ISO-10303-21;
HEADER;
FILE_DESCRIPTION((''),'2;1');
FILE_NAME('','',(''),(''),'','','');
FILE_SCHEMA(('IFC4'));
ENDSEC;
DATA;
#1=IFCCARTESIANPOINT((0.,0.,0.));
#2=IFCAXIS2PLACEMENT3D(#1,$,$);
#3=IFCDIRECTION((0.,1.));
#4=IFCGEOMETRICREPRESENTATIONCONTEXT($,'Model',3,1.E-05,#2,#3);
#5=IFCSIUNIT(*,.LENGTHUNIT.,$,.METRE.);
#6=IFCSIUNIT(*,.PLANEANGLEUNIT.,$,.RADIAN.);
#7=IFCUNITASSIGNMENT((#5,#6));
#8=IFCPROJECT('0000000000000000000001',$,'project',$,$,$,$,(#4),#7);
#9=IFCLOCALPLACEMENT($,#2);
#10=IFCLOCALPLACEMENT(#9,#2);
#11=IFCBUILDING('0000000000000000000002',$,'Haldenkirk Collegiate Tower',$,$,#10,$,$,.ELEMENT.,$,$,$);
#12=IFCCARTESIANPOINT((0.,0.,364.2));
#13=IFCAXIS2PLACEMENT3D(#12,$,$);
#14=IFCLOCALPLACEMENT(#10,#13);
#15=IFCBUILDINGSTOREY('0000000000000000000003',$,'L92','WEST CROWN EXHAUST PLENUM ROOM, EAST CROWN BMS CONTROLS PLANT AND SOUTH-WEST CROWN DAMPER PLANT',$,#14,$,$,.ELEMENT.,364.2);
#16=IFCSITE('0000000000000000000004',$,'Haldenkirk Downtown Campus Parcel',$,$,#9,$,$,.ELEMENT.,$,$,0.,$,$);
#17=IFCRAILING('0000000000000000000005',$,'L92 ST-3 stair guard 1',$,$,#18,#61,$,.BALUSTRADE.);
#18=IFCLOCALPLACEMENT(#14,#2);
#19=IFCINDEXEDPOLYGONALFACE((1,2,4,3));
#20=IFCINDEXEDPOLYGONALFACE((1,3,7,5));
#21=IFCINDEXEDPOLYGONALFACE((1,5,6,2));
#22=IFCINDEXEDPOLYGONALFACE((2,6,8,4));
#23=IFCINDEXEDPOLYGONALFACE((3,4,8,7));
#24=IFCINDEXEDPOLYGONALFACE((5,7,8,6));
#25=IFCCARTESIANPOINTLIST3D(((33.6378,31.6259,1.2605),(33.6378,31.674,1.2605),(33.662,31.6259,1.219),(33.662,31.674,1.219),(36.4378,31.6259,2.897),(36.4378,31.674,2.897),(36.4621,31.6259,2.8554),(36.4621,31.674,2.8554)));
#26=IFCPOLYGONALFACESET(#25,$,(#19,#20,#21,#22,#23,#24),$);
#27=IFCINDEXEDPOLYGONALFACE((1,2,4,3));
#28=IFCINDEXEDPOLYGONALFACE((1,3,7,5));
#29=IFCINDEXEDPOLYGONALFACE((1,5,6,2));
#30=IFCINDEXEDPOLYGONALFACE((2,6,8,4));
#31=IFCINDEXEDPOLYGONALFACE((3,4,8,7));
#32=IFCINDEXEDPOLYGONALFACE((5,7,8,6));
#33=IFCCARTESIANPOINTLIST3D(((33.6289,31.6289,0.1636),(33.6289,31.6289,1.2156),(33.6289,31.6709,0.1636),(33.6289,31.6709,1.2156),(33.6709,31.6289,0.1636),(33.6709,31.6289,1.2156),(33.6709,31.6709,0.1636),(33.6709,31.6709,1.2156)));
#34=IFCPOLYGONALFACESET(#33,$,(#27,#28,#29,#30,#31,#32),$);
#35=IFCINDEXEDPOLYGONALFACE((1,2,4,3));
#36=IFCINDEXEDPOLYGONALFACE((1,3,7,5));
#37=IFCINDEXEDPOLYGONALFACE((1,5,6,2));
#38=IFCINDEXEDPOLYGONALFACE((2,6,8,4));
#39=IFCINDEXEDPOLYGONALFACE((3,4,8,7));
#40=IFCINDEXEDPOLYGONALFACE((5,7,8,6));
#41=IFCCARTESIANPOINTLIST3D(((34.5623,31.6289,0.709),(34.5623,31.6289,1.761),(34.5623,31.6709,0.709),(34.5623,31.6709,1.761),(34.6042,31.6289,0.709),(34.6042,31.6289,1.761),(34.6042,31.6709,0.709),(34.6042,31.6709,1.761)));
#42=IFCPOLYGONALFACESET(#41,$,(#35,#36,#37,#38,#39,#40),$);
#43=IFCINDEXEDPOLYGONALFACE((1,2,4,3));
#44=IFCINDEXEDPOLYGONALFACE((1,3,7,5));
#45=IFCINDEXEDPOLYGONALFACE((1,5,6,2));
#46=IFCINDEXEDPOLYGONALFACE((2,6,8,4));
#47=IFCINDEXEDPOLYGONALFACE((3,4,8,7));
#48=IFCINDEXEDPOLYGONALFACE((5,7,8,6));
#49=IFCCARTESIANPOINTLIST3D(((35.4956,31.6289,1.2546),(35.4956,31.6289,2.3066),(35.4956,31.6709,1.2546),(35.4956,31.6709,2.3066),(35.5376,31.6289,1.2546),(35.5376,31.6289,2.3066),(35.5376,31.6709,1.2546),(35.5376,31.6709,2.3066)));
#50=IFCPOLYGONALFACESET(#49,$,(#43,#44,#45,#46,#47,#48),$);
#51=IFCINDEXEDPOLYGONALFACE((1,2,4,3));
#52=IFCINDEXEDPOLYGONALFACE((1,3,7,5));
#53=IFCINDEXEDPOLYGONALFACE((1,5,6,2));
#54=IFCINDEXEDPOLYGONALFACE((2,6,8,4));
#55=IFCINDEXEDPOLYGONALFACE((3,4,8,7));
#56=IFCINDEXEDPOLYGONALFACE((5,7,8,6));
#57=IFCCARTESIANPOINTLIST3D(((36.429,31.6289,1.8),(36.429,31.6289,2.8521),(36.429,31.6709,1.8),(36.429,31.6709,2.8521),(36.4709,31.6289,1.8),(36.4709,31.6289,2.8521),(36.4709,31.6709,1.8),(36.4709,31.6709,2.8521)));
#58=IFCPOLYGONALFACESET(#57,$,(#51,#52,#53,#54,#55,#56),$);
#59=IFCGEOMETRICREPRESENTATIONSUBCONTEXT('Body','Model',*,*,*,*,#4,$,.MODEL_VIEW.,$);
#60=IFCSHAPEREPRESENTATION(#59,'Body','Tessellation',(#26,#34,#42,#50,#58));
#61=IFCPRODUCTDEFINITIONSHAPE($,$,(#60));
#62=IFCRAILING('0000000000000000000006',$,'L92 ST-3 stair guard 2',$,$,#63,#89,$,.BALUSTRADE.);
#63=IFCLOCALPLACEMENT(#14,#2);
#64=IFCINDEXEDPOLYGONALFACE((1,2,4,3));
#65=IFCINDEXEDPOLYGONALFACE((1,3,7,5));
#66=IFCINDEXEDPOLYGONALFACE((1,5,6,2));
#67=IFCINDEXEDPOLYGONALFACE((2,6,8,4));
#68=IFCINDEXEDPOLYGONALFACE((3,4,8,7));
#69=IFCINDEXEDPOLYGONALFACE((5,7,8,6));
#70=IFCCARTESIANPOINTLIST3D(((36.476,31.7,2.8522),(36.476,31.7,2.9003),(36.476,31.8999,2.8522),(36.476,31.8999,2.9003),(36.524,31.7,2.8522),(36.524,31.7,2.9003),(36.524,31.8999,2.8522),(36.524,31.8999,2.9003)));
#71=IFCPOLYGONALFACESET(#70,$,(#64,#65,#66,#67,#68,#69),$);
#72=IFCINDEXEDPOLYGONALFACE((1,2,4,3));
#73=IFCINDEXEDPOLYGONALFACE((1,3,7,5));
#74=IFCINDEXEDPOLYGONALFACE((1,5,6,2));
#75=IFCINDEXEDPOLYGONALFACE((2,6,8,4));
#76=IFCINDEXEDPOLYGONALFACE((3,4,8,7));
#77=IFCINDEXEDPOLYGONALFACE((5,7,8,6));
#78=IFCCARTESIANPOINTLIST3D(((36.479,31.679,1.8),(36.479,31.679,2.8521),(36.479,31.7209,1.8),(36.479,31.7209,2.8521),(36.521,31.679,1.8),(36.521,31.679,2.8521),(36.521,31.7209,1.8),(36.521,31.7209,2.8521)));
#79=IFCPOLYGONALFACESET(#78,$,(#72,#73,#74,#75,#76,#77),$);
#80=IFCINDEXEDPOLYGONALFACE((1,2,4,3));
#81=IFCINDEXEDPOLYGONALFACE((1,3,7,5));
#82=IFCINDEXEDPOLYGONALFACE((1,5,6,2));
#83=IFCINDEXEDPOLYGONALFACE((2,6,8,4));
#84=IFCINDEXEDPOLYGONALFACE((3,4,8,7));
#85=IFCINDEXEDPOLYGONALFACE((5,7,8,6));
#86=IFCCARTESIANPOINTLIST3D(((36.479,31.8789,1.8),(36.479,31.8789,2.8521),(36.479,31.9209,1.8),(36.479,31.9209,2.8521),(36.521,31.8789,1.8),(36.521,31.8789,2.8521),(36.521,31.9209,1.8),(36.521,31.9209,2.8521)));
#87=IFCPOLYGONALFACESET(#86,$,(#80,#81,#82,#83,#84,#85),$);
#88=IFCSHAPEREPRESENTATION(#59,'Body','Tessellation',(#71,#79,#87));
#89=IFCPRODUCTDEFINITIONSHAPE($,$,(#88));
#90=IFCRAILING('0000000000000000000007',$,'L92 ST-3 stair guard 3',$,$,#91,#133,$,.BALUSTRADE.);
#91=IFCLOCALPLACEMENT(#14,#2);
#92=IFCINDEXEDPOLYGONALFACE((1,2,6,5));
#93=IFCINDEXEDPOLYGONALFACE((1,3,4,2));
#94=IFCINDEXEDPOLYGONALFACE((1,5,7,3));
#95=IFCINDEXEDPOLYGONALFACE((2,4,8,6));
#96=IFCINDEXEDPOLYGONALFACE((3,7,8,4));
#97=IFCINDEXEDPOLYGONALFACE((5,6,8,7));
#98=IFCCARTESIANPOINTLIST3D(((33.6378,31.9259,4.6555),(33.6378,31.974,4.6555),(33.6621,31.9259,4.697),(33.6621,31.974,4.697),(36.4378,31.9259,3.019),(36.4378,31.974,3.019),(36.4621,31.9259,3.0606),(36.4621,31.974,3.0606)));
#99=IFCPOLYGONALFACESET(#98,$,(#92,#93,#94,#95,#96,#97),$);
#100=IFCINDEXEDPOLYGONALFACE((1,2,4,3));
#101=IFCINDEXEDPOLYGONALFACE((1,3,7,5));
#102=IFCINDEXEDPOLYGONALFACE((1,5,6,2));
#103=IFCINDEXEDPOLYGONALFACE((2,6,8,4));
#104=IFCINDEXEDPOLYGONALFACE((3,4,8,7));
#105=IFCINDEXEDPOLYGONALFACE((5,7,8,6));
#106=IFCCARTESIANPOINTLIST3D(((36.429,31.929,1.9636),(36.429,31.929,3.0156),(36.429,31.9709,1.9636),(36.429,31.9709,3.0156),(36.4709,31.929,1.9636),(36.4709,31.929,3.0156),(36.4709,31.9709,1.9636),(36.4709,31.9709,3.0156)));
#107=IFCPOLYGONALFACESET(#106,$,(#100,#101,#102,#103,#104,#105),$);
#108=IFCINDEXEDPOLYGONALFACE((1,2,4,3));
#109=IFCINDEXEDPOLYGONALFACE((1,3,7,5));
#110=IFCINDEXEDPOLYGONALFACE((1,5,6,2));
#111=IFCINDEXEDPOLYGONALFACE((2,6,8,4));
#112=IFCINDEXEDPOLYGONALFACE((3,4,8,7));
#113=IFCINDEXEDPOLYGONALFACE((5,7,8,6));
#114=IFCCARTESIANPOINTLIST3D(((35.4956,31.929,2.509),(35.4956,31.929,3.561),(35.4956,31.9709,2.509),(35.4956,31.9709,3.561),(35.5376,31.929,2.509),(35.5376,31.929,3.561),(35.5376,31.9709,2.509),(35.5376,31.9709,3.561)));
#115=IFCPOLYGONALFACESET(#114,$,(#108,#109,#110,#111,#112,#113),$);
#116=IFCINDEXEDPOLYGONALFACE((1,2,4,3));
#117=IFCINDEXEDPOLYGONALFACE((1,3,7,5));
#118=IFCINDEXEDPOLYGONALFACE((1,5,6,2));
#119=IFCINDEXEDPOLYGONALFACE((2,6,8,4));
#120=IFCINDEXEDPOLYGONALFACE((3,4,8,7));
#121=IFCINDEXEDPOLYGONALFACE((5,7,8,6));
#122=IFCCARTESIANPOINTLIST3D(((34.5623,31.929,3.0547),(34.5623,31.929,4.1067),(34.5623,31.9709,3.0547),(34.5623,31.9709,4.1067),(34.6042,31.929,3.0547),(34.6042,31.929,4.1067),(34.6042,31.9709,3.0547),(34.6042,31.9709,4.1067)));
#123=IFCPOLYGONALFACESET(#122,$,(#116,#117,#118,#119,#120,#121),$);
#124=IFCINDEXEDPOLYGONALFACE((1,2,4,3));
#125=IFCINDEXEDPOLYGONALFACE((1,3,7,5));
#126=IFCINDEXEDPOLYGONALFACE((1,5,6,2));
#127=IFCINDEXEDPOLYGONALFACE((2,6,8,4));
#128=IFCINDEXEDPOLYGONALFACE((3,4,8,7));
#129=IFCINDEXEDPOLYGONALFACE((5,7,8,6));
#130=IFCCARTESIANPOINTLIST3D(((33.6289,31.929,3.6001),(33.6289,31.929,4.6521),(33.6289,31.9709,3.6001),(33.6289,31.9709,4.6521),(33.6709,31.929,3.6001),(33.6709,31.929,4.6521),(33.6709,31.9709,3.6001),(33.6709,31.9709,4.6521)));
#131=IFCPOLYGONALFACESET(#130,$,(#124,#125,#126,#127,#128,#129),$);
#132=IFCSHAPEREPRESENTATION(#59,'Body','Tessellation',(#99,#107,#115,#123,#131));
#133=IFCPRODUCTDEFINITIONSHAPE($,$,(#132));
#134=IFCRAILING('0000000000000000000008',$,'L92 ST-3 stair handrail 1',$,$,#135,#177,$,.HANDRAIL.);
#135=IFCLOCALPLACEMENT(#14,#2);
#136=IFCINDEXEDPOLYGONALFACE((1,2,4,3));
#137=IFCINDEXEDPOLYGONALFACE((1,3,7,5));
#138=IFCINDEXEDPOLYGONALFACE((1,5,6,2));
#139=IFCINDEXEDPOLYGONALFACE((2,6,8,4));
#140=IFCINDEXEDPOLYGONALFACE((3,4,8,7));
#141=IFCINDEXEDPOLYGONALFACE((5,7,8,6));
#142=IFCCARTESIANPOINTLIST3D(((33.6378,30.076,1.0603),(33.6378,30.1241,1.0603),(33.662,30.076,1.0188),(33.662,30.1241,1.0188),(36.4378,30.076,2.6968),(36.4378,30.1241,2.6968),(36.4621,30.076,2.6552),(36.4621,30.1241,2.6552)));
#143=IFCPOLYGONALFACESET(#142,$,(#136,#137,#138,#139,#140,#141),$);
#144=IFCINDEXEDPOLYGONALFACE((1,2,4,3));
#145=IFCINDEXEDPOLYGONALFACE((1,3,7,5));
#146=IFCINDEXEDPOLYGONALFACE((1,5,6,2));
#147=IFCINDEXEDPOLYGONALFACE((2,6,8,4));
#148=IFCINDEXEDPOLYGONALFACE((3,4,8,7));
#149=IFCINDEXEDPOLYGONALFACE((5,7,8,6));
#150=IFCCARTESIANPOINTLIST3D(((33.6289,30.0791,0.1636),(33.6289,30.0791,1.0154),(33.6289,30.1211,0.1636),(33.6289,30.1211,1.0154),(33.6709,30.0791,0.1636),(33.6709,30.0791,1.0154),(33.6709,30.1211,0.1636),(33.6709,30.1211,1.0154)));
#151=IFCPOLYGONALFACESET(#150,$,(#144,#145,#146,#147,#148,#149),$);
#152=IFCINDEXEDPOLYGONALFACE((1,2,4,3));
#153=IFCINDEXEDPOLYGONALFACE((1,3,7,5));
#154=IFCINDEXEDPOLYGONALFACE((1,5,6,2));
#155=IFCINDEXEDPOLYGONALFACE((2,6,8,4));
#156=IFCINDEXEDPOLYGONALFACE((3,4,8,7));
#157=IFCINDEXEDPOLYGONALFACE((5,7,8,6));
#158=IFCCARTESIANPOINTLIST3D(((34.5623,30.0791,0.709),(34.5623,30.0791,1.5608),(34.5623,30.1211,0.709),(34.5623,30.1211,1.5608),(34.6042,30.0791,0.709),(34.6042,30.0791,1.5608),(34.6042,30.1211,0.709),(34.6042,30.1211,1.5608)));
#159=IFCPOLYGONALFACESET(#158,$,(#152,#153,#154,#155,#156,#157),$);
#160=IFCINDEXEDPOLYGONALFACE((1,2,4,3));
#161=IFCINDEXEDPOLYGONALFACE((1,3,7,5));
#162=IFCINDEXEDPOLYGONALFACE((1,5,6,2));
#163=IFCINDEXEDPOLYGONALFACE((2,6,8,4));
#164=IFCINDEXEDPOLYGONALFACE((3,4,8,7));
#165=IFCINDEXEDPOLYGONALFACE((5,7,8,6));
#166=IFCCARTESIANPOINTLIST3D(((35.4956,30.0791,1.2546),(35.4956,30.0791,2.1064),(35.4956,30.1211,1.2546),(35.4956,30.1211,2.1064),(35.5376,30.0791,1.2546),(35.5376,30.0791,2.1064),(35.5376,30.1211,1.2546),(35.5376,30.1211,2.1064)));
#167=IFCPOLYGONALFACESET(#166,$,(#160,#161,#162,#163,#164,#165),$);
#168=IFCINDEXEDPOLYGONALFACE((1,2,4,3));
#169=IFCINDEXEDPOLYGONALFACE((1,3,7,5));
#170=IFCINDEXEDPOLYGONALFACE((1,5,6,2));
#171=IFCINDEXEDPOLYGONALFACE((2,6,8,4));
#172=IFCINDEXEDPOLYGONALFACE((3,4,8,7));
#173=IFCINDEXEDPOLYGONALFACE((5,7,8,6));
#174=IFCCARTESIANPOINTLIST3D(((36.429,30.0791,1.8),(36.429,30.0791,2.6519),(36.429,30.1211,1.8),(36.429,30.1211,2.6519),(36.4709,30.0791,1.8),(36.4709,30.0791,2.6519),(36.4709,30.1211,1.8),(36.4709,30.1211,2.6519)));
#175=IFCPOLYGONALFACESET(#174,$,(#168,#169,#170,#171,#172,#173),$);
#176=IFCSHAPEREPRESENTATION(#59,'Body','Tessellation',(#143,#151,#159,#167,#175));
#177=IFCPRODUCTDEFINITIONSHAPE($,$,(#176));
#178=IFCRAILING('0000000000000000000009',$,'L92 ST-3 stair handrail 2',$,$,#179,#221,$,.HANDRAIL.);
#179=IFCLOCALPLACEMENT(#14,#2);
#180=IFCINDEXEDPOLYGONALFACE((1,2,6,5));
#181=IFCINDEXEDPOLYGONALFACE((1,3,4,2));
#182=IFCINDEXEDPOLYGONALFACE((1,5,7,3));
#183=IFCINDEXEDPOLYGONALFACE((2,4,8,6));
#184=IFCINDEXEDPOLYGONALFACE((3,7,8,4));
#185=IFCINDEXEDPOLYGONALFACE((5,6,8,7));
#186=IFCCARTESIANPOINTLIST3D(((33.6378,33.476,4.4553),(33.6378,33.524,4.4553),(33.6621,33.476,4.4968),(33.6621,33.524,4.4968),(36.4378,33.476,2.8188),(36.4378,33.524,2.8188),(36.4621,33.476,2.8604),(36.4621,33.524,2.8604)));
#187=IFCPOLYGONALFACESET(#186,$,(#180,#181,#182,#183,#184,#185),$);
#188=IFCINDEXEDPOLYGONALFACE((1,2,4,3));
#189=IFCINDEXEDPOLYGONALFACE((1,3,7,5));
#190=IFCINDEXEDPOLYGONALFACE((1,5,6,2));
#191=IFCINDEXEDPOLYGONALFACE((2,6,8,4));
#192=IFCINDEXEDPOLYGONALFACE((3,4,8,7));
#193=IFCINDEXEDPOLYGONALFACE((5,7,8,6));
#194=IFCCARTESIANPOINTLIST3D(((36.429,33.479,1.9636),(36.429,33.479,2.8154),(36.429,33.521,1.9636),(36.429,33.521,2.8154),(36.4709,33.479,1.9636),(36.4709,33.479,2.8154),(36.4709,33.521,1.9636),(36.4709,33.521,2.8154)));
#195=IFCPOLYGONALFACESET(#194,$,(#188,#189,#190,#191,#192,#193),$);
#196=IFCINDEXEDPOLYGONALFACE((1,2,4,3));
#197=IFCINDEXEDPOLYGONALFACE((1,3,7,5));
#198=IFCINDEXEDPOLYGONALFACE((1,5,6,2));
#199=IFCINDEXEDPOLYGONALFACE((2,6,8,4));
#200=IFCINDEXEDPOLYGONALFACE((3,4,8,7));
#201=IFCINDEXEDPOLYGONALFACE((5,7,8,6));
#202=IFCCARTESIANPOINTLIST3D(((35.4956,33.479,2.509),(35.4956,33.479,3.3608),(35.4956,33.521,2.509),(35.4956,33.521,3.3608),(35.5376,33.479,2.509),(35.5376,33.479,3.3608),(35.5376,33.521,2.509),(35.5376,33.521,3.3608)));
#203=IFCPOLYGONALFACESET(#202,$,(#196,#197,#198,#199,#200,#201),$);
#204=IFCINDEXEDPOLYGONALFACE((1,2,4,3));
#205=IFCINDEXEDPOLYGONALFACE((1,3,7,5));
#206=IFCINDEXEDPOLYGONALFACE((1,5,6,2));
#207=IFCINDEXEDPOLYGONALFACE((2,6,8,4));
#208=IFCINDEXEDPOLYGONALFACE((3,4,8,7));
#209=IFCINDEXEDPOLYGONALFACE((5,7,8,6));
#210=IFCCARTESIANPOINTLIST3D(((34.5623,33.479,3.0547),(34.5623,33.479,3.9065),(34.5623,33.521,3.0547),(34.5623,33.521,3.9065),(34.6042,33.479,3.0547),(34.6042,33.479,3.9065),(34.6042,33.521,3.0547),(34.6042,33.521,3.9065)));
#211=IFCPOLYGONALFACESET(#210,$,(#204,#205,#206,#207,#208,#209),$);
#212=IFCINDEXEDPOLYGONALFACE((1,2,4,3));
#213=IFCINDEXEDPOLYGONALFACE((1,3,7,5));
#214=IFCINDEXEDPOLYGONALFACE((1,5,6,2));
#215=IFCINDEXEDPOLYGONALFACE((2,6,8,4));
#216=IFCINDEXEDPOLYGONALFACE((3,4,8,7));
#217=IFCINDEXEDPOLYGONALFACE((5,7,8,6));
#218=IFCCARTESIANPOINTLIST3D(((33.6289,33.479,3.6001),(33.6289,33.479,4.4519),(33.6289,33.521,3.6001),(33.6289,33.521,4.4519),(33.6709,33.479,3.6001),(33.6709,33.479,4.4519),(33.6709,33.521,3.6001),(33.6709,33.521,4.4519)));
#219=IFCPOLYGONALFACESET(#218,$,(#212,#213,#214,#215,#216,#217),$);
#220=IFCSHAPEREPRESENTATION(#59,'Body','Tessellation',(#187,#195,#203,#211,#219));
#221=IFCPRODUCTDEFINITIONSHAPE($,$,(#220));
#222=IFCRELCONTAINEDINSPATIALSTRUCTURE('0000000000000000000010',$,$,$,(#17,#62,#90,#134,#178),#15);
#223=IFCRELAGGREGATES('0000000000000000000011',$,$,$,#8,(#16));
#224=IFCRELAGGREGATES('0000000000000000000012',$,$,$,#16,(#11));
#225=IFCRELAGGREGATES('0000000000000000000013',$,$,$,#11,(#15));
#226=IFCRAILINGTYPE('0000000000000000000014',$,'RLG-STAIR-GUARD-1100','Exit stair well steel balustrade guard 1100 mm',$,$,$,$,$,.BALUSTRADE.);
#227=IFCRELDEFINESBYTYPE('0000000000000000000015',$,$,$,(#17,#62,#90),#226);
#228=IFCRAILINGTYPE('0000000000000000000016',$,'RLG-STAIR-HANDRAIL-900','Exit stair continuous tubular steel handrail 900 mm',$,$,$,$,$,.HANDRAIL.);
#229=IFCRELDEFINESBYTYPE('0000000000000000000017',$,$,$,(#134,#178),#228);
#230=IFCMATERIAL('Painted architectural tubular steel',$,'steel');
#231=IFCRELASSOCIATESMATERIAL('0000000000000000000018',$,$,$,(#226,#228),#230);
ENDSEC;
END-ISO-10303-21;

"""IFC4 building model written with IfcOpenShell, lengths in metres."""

from ifc_helpers import new_model, si_unit, direction, frame, origin, origin_2d, place, context, subcontext, project, spatial, rectangle, extrude, material, type_object, element, save


model = new_model("IFC4")

# Units and contexts
model_context = context("Model", 3, precision=1e-05, world=origin(), true_north=direction((0.0, 1.0)))
body_context = subcontext(model_context, "Body", "Model", "MODEL_VIEW")
ifc_project = project(units=[si_unit("LENGTHUNIT", "METRE"), si_unit("PLANEANGLEUNIT", "RADIAN")], contexts=[model_context])

# Site, building, storey
site_placement = place(None, origin())
site = spatial("IfcSite", under=ifc_project, at=site_placement, Name="Haldenkirk Downtown Campus Parcel", CompositionType="ELEMENT", RefElevation=0.0)
building_placement = place(site_placement, origin())
building = spatial("IfcBuilding", under=site, at=building_placement, Name="Haldenkirk Collegiate Tower", CompositionType="ELEMENT")
storey_placement = place(building_placement, frame((0.0, 0.0, 364.2)))
storey = spatial("IfcBuildingStorey", under=building, at=storey_placement, Name="L92", Description="WEST CROWN EXHAUST PLENUM ROOM, EAST CROWN BMS CONTROLS PLANT AND SOUTH-WEST CROWN DAMPER PLANT", CompositionType="ELEMENT", Elevation=364.2)

# Railings
ifc_material_1 = material(Name="Painted architectural tubular steel", Category="steel")
railing_type_1 = type_object("IfcRailingType", Name="RLG-STAIR-GUARD-1100", Description="Exit stair well steel balustrade guard 1100 mm", PredefinedType="BALUSTRADE", material=ifc_material_1)
railing_1_placement = place(storey_placement, frame((33.6499, 31.6499, 0.1636)))
element("IfcRailing", 1, at=railing_1_placement, inside=storey, type_object=railing_type_1, Name="L92 ST-3 stair guard 1", PredefinedType="BALUSTRADE", context=body_context, shape_type="SweptSolid", body=[
    extrude(rectangle(XDim=0.0481, YDim=0.0481, at=origin_2d()), frame((0.0, 0.0, 1.0762), z_axis=(0.863361, 0.0, 0.504587), x_axis=(0.0, 1.0, 0.0)), (0.0, 0.0, 1.0), 3.2432),
    extrude(rectangle(XDim=0.042, YDim=0.042, at=origin_2d()), origin(), (0.0, 0.0, 1.0), 1.052),
    extrude(rectangle(XDim=0.042, YDim=0.042, at=origin_2d()), frame((0.9333, 0.0, 0.5454)), (0.0, 0.0, 1.0), 1.052),
    extrude(rectangle(XDim=0.042, YDim=0.042, at=origin_2d()), frame((1.8667, 0.0, 1.0911)), (0.0, 0.0, 1.0), 1.052),
    extrude(rectangle(XDim=0.042, YDim=0.042, at=origin_2d()), frame((2.8, 0.0, 1.6365)), (0.0, 0.0, 1.0), 1.052),
])
railing_2_placement = place(storey_placement, frame((36.5, 31.7, 1.8)))
element("IfcRailing", 2, at=railing_2_placement, inside=storey, type_object=railing_type_1, Name="L92 ST-3 stair guard 2", PredefinedType="BALUSTRADE", context=body_context, shape_type="SweptSolid", body=[
    extrude(rectangle(XDim=0.0481, YDim=0.0481, at=origin_2d()), frame((0.0, 0.0, 1.0762), z_axis=(0.0, 1.0, 0.0), x_axis=(-1.0, 0.0, 0.0)), (0.0, 0.0, 1.0), 0.2),
    extrude(rectangle(XDim=0.042, YDim=0.042, at=origin_2d()), origin(), (0.0, 0.0, 1.0), 1.052),
    extrude(rectangle(XDim=0.042, YDim=0.042, at=origin_2d()), frame((0.0, 0.2, 0.0)), (0.0, 0.0, 1.0), 1.052),
])
railing_3_placement = place(storey_placement, frame((36.45, 31.95, 1.9636)))
element("IfcRailing", 3, at=railing_3_placement, inside=storey, type_object=railing_type_1, Name="L92 ST-3 stair guard 3", PredefinedType="BALUSTRADE", context=body_context, shape_type="SweptSolid", body=[
    extrude(rectangle(XDim=0.0481, YDim=0.0481, at=origin_2d()), frame((0.0, 0.0, 1.0762), z_axis=(-0.863361, 0.0, 0.504587), x_axis=(0.0, -1.0, 0.0)), (0.0, 0.0, 1.0), 3.2432),
    extrude(rectangle(XDim=0.042, YDim=0.042, at=origin_2d()), origin(), (0.0, 0.0, 1.0), 1.052),
    extrude(rectangle(XDim=0.042, YDim=0.042, at=origin_2d()), frame((-0.9333, 0.0, 0.5454)), (0.0, 0.0, 1.0), 1.052),
    extrude(rectangle(XDim=0.042, YDim=0.042, at=origin_2d()), frame((-1.8667, 0.0, 1.0911)), (0.0, 0.0, 1.0), 1.052),
    extrude(rectangle(XDim=0.042, YDim=0.042, at=origin_2d()), frame((-2.8, 0.0, 1.6365)), (0.0, 0.0, 1.0), 1.052),
])
railing_type_2 = type_object("IfcRailingType", Name="RLG-STAIR-HANDRAIL-900", Description="Exit stair continuous tubular steel handrail 900 mm", PredefinedType="HANDRAIL", material=ifc_material_1)
railing_4_placement = place(storey_placement, frame((33.6499, 30.1001, 0.1636)))
element("IfcRailing", 4, at=railing_4_placement, inside=storey, type_object=railing_type_2, Name="L92 ST-3 stair handrail 1", PredefinedType="HANDRAIL", context=body_context, shape_type="SweptSolid", body=[
    extrude(rectangle(XDim=0.0481, YDim=0.0481, at=origin_2d()), frame((0.0, 0.0, 0.876), z_axis=(0.863361, 0.0, 0.504587), x_axis=(0.0, 1.0, 0.0)), (0.0, 0.0, 1.0), 3.2432),
    extrude(rectangle(XDim=0.042, YDim=0.042, at=origin_2d()), origin(), (0.0, 0.0, 1.0), 0.8518),
    extrude(rectangle(XDim=0.042, YDim=0.042, at=origin_2d()), frame((0.9333, 0.0, 0.5454)), (0.0, 0.0, 1.0), 0.8518),
    extrude(rectangle(XDim=0.042, YDim=0.042, at=origin_2d()), frame((1.8667, 0.0, 1.0911)), (0.0, 0.0, 1.0), 0.8518),
    extrude(rectangle(XDim=0.042, YDim=0.042, at=origin_2d()), frame((2.8, 0.0, 1.6365)), (0.0, 0.0, 1.0), 0.8518),
])
railing_5_placement = place(storey_placement, frame((36.45, 33.5, 1.9636)))
element("IfcRailing", 5, at=railing_5_placement, inside=storey, type_object=railing_type_2, Name="L92 ST-3 stair handrail 2", PredefinedType="HANDRAIL", context=body_context, shape_type="SweptSolid", body=[
    extrude(rectangle(XDim=0.0481, YDim=0.0481, at=origin_2d()), frame((0.0, 0.0, 0.876), z_axis=(-0.863361, 0.0, 0.504587), x_axis=(0.0, -1.0, 0.0)), (0.0, 0.0, 1.0), 3.2432),
    extrude(rectangle(XDim=0.042, YDim=0.042, at=origin_2d()), origin(), (0.0, 0.0, 1.0), 0.8518),
    extrude(rectangle(XDim=0.042, YDim=0.042, at=origin_2d()), frame((-0.9333, 0.0, 0.5454)), (0.0, 0.0, 1.0), 0.8518),
    extrude(rectangle(XDim=0.042, YDim=0.042, at=origin_2d()), frame((-1.8667, 0.0, 1.0911)), (0.0, 0.0, 1.0), 0.8518),
    extrude(rectangle(XDim=0.042, YDim=0.042, at=origin_2d()), frame((-2.8, 0.0, 1.6365)), (0.0, 0.0, 1.0), 0.8518),
])

save(model, "model.ifc")
